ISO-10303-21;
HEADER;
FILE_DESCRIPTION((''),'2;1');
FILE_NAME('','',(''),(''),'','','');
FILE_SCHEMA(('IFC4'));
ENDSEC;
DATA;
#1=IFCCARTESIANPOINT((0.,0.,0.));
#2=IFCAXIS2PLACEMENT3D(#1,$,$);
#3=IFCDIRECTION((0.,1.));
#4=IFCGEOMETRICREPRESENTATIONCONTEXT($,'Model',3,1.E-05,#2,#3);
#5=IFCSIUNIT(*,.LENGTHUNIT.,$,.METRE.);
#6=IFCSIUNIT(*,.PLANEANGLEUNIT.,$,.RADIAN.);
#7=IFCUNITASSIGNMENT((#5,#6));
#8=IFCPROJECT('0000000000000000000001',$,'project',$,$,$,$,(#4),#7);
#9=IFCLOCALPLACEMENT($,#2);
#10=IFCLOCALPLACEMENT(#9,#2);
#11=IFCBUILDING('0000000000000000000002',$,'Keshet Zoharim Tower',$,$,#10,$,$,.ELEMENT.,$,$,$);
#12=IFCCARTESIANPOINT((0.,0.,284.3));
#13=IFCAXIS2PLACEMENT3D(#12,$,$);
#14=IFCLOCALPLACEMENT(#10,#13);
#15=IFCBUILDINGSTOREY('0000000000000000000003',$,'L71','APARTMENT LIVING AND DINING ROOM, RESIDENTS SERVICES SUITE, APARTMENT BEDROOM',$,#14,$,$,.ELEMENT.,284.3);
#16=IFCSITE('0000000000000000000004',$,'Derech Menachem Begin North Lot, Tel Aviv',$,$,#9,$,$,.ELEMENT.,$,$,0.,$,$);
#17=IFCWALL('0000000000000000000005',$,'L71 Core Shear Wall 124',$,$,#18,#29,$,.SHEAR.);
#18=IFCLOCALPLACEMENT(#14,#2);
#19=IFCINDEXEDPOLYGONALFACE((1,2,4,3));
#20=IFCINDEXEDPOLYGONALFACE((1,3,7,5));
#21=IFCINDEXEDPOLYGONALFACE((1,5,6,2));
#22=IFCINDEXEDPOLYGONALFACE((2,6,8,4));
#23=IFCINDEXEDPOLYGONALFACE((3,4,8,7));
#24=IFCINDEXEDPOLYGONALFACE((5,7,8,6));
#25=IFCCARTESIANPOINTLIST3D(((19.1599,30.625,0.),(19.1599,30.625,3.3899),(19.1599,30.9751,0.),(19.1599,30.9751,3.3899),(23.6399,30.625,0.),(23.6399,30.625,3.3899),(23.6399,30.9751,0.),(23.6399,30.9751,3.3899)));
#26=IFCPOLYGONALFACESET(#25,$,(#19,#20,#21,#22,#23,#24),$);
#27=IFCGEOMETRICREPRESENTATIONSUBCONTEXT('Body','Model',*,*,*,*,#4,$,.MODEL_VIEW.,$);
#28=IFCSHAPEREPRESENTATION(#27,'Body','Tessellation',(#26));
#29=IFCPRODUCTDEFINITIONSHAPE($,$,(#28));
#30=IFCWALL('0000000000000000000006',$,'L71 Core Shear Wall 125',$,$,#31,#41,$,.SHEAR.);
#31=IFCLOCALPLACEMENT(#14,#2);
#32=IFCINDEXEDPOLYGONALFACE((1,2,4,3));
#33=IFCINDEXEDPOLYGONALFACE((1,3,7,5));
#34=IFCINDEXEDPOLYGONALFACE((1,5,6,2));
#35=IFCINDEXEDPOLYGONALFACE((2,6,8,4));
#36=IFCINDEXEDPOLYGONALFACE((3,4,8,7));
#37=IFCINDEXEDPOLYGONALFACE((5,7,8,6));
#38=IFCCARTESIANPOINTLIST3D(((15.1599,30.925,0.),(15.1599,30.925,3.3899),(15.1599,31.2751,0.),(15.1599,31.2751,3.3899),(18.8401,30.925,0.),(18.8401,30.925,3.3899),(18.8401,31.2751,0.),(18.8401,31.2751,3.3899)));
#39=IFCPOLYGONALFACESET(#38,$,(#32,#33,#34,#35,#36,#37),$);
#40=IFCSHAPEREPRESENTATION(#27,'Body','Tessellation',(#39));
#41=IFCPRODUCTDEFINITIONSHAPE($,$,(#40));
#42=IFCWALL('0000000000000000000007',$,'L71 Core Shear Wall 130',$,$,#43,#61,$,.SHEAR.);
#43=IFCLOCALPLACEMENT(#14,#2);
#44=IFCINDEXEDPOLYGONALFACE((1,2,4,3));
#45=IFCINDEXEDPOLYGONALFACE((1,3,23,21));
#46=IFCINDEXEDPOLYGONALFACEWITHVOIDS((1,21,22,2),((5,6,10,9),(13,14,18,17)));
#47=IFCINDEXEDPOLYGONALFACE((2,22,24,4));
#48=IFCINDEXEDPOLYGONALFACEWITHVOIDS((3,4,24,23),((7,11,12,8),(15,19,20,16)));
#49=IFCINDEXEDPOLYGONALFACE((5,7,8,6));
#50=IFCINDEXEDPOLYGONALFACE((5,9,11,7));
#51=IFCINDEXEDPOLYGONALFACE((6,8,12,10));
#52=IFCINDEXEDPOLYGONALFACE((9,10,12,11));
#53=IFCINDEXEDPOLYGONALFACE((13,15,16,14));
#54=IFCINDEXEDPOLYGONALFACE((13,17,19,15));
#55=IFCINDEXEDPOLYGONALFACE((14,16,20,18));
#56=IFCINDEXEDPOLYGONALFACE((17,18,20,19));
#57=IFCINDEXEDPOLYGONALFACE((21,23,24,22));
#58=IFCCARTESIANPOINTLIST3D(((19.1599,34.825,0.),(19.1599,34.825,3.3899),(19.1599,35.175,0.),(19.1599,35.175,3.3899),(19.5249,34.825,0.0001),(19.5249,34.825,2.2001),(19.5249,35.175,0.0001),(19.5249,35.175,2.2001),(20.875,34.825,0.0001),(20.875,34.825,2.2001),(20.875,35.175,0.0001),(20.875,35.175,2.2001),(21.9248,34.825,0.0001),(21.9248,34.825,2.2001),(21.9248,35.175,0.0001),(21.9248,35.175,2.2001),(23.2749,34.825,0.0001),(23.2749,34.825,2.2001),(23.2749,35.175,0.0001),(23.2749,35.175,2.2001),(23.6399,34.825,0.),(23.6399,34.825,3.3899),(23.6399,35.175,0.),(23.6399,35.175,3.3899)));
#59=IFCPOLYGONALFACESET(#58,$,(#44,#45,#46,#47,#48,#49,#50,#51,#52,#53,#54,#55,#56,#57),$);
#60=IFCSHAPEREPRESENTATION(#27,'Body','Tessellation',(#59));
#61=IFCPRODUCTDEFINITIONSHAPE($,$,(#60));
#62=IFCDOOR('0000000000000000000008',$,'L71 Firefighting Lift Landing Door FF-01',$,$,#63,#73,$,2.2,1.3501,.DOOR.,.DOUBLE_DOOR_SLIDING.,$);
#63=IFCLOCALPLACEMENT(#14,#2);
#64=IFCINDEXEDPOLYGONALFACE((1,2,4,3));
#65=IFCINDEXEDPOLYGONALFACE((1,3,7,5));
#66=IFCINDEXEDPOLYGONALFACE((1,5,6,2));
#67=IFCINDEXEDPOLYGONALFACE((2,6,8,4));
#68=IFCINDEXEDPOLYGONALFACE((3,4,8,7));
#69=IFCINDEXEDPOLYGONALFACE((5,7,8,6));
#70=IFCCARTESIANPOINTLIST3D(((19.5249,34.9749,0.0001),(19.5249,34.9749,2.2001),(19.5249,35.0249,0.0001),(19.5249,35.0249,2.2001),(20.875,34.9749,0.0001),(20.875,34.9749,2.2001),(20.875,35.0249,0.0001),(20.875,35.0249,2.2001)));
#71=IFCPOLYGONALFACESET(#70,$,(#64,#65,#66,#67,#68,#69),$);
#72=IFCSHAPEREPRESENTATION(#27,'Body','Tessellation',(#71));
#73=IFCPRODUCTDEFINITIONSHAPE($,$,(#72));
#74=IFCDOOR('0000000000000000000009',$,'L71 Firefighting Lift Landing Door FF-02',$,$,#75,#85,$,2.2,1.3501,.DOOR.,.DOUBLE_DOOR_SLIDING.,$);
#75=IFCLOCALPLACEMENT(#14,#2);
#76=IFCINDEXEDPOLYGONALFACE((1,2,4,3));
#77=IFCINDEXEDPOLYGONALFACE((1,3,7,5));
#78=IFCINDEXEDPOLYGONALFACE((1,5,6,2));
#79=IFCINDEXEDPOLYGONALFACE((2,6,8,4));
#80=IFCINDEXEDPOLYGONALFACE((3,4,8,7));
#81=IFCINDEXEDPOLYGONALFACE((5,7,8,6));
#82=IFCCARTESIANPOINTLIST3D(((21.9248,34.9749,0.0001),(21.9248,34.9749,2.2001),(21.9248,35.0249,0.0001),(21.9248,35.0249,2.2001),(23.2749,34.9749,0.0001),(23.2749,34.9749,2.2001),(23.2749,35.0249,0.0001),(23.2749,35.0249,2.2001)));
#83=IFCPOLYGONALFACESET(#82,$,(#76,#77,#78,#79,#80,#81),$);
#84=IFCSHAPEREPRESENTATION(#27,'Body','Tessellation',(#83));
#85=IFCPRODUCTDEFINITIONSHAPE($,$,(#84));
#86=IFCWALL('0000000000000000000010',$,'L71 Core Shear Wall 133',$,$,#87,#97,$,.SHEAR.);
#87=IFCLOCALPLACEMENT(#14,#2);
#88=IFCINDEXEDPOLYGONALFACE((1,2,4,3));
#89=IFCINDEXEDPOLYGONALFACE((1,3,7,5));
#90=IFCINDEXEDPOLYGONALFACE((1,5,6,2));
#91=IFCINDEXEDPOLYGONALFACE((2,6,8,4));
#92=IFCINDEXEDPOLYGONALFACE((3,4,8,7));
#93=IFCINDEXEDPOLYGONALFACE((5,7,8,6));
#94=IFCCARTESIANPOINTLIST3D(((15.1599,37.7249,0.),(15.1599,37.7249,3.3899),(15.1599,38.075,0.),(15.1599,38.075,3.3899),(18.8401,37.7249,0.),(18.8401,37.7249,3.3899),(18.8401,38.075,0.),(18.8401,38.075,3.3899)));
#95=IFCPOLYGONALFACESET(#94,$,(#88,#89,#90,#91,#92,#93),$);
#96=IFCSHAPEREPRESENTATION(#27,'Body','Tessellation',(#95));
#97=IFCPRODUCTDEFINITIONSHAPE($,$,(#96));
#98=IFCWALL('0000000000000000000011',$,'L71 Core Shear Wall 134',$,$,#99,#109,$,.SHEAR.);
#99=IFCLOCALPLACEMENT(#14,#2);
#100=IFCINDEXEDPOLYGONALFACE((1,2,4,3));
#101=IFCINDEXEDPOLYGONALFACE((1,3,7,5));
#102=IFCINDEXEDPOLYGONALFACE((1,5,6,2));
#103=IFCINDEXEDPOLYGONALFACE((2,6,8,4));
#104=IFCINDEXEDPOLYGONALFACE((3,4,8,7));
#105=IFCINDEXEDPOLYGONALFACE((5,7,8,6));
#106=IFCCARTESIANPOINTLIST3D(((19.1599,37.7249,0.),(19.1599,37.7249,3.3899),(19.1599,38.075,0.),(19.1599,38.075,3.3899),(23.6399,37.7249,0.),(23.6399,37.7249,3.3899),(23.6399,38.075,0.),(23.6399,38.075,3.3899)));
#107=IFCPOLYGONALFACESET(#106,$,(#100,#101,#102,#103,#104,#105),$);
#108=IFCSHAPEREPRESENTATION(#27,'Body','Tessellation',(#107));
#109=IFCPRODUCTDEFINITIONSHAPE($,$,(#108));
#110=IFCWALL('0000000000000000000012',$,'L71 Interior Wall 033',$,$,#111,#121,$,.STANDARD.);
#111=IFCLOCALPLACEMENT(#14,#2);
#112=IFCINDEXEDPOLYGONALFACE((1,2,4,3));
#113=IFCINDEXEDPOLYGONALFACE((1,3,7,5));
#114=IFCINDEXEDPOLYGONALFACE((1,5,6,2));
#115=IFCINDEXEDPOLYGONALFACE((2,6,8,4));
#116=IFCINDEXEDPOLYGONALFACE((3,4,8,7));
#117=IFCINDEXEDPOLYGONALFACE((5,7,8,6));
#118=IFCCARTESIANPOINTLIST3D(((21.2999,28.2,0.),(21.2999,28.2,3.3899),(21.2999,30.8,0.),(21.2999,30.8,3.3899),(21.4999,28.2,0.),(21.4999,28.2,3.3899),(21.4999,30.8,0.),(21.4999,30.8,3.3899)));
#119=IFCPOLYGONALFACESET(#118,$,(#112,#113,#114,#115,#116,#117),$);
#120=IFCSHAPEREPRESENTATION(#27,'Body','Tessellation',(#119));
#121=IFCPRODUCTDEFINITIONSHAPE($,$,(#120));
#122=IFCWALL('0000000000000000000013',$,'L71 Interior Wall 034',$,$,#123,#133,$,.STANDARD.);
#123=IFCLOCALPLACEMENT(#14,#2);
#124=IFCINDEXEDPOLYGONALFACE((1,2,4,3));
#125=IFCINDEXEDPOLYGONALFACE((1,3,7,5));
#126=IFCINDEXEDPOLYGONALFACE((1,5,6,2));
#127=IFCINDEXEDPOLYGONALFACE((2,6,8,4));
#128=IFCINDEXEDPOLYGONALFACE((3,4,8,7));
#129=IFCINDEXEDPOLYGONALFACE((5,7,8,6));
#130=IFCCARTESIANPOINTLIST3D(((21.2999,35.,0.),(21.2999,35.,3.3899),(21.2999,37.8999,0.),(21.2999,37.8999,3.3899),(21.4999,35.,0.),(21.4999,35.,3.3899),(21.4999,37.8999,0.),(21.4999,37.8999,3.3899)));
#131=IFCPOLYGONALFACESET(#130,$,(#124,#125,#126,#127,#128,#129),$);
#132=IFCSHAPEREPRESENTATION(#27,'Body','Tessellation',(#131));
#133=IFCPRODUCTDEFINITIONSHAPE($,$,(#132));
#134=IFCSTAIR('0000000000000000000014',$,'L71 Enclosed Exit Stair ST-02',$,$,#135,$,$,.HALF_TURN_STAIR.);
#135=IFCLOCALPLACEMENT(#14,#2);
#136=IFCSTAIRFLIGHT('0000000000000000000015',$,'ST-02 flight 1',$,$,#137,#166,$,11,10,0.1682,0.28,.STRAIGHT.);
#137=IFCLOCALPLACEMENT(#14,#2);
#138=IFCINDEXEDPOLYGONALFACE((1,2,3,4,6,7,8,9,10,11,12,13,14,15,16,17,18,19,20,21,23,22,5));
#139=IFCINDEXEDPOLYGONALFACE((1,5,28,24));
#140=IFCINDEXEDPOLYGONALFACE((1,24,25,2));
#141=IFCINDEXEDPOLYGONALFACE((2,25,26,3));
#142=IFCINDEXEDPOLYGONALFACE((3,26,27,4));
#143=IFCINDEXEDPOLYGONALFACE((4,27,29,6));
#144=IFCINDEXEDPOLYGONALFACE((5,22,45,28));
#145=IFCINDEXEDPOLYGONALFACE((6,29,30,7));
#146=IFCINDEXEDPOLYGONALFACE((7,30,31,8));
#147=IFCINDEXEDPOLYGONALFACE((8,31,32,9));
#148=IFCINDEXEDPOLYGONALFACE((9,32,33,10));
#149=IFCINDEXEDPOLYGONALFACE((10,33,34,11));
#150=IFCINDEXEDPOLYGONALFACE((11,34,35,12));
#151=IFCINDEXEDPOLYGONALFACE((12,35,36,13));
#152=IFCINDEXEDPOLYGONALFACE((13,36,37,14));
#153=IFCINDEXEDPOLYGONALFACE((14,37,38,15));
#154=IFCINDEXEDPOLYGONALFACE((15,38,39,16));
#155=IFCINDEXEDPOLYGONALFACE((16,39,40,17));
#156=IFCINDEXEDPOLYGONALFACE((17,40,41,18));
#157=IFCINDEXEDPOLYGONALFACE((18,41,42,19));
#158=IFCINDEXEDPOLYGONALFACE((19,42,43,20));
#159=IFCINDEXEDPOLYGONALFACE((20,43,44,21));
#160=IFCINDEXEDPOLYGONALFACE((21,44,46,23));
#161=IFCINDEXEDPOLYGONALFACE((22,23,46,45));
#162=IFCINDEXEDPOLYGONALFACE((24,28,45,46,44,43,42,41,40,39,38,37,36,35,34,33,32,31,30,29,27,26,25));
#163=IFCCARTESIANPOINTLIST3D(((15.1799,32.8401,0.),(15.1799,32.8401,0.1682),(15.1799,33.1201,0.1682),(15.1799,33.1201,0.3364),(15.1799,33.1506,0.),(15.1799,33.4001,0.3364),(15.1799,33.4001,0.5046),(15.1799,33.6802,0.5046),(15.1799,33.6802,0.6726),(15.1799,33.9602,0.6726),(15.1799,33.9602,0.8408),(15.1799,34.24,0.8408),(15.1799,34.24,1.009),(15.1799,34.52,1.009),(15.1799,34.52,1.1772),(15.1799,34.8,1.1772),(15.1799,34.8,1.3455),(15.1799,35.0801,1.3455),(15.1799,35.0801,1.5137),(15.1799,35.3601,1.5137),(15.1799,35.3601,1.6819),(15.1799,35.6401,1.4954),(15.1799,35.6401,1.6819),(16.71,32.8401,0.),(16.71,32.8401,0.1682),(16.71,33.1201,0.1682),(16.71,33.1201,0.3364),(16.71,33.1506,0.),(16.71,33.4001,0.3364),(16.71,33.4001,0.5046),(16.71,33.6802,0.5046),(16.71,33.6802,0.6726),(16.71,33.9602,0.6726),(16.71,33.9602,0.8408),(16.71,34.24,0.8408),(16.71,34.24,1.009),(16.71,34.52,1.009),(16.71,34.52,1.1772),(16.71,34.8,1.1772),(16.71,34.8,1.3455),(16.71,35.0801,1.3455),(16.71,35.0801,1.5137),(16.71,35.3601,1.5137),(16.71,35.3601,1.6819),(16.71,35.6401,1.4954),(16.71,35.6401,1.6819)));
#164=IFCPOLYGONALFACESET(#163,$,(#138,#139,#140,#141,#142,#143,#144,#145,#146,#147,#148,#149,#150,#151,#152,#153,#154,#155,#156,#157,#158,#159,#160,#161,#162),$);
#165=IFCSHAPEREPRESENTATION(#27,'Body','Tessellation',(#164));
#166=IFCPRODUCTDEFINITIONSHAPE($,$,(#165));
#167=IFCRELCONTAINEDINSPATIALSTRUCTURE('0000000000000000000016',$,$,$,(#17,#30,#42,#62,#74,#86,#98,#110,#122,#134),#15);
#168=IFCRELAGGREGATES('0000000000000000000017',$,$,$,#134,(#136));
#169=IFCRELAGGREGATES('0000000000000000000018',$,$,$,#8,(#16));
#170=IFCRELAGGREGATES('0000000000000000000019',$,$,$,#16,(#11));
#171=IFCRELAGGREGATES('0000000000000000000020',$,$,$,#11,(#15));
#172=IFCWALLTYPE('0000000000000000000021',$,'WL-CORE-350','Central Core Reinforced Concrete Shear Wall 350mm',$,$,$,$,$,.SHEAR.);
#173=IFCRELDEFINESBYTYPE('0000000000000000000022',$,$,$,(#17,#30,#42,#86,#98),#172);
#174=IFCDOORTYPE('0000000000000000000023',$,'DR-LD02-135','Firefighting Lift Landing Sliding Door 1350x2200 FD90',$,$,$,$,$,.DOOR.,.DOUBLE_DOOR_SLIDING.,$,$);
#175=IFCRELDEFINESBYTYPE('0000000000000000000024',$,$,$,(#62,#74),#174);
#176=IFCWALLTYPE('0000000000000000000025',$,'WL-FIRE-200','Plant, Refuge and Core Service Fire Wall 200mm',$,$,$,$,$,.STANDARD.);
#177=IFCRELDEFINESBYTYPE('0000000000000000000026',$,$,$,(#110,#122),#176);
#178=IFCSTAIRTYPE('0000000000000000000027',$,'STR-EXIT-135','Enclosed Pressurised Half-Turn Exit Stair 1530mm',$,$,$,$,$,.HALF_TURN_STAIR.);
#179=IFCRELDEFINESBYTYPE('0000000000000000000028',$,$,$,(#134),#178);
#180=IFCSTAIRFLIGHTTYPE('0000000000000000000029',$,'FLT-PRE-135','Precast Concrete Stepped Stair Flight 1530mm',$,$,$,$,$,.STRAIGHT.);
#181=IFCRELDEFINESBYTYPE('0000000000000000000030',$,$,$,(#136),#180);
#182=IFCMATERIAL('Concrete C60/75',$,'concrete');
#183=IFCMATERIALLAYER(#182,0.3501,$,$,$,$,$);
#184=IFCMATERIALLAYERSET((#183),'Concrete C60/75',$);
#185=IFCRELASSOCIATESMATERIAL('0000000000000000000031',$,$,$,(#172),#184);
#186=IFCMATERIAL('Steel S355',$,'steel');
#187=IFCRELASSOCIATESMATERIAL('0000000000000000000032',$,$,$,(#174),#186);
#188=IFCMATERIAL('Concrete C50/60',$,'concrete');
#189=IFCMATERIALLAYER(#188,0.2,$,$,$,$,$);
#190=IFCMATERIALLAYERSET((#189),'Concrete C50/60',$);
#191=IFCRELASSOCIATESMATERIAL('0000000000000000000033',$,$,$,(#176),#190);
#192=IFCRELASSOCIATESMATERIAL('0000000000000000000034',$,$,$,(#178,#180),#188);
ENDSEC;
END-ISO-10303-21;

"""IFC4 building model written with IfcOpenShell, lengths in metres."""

from ifc_helpers import new_model, si_unit, direction, frame, frame_2d, origin, place, context, subcontext, project, spatial, polyline, rectangle, outline, extrude, material, layer, layer_set, type_object, element, fill, aggregate, save


model = new_model("IFC4")

# Units and contexts
model_context = context("Model", 3, precision=1e-05, world=origin(), true_north=direction((0.0, 1.0)))
body_context = subcontext(model_context, "Body", "Model", "MODEL_VIEW")
ifc_project = project(units=[si_unit("LENGTHUNIT", "METRE"), si_unit("PLANEANGLEUNIT", "RADIAN")], contexts=[model_context])

# Site, building, storey
site_placement = place(None, origin())
site = spatial("IfcSite", under=ifc_project, at=site_placement, Name="Derech Menachem Begin North Lot, Tel Aviv", CompositionType="ELEMENT", RefElevation=0.0)
building_placement = place(site_placement, origin())
building = spatial("IfcBuilding", under=site, at=building_placement, Name="Keshet Zoharim Tower", CompositionType="ELEMENT")
storey_placement = place(building_placement, frame((0.0, 0.0, 284.3)))
storey = spatial("IfcBuildingStorey", under=building, at=storey_placement, Name="L71", Description="APARTMENT LIVING AND DINING ROOM, RESIDENTS SERVICES SUITE, APARTMENT BEDROOM", CompositionType="ELEMENT", Elevation=284.3)

# Shared definitions
ifc_material_1 = material(Name="Steel S355", Category="steel")

# Shared definitions
ifc_material_2 = material(Name="Concrete C60/75", Category="concrete")
ifc_layer_1 = layer(ifc_material_2, 0.3501)
ifc_layer_set_1 = layer_set([ifc_layer_1], Name="Concrete C60/75")
wall_type_1 = type_object("IfcWallType", Name="WL-CORE-350", Description="Central Core Reinforced Concrete Shear Wall 350mm", PredefinedType="SHEAR", material=ifc_layer_set_1)

# Walls
wall_1_placement = place(storey_placement, frame((19.1599, 30.8, 0.0), z_axis=(0.0, 0.0, 1.0), x_axis=(1.0, 0.0, 0.0)))
element("IfcWall", 1, at=wall_1_placement, inside=storey, type_object=wall_type_1, Name="L71 Core Shear Wall 124", PredefinedType="SHEAR", context=body_context, shape_type="SweptSolid", body=[
    extrude(rectangle(XDim=4.48, YDim=0.3501, at=frame_2d((2.24, 0.0))), origin(), (0.0, 0.0, 1.0), 3.3899),
])
wall_2_placement = place(storey_placement, frame((15.1599, 31.1001, 0.0), z_axis=(0.0, 0.0, 1.0), x_axis=(1.0, 0.0, 0.0)))
element("IfcWall", 2, at=wall_2_placement, inside=storey, type_object=wall_type_1, Name="L71 Core Shear Wall 125", PredefinedType="SHEAR", context=body_context, shape_type="SweptSolid", body=[
    extrude(rectangle(XDim=3.6802, YDim=0.3501, at=frame_2d((1.8401, 0.0))), origin(), (0.0, 0.0, 1.0), 3.3899),
])

# Wall, openings, doors
wall_3_placement = place(storey_placement, frame((19.1599, 35.0, 0.0), z_axis=(0.0, 0.0, 1.0), x_axis=(1.0, 0.0, 0.0)))
wall_3 = element("IfcWall", 3, at=wall_3_placement, inside=storey, type_object=wall_type_1, Name="L71 Core Shear Wall 130", PredefinedType="SHEAR", context=body_context, shape_type="SweptSolid", body=[
    extrude(rectangle(XDim=4.48, YDim=0.3501, at=frame_2d((2.24, 0.0))), origin(), (0.0, 0.0, 1.0), 3.3899),
])
opening_1_placement = place(wall_3_placement, frame((0.365, 0.0, 0.0)))
opening_1 = element("IfcOpeningElement", 4, at=opening_1_placement, cuts=wall_3, PredefinedType="OPENING", context=body_context, shape_type="SweptSolid", body=[
    extrude(rectangle(XDim=1.3501, YDim=2.2, at=frame_2d((0.675, 1.1001))), frame((0.0, 0.1851, 0.0), z_axis=(0.0, -1.0, 0.0), x_axis=(1.0, 0.0, 0.0)), (0.0, 0.0, 1.0), 0.3701),
])
opening_2_placement = place(wall_3_placement, frame((2.7649, 0.0, 0.0)))
opening_2 = element("IfcOpeningElement", 5, at=opening_2_placement, cuts=wall_3, PredefinedType="OPENING", context=body_context, shape_type="SweptSolid", body=[
    extrude(rectangle(XDim=1.3501, YDim=2.2, at=frame_2d((0.675, 1.1001))), frame((0.0, 0.1851, 0.0), z_axis=(0.0, -1.0, 0.0), x_axis=(1.0, 0.0, 0.0)), (0.0, 0.0, 1.0), 0.3701),
])
door_type_1 = type_object("IfcDoorType", Name="DR-LD02-135", Description="Firefighting Lift Landing Sliding Door 1350x2200 FD90", OperationType="DOUBLE_DOOR_SLIDING", PredefinedType="DOOR", material=ifc_material_1)
door_1_placement = place(opening_1_placement, origin())
door_1 = element("IfcDoor", 6, at=door_1_placement, inside=storey, type_object=door_type_1, Name="L71 Firefighting Lift Landing Door FF-01", OperationType="DOUBLE_DOOR_SLIDING", OverallHeight=2.2, OverallWidth=1.3501, PredefinedType="DOOR", context=body_context, shape_type="SweptSolid", body=[
    extrude(rectangle(XDim=1.3501, YDim=2.2, at=frame_2d((0.675, 1.1001))), frame((0.0, 0.0249, 0.0), z_axis=(0.0, -1.0, 0.0), x_axis=(1.0, 0.0, 0.0)), (0.0, 0.0, 1.0), 0.05),
])
fill(opening_1, door_1)
door_2_placement = place(opening_2_placement, origin())
door_2 = element("IfcDoor", 7, at=door_2_placement, inside=storey, type_object=door_type_1, Name="L71 Firefighting Lift Landing Door FF-02", OperationType="DOUBLE_DOOR_SLIDING", OverallHeight=2.2, OverallWidth=1.3501, PredefinedType="DOOR", context=body_context, shape_type="SweptSolid", body=[
    extrude(rectangle(XDim=1.3501, YDim=2.2, at=frame_2d((0.675, 1.1001))), frame((0.0, 0.0249, 0.0), z_axis=(0.0, -1.0, 0.0), x_axis=(1.0, 0.0, 0.0)), (0.0, 0.0, 1.0), 0.05),
])
fill(opening_2, door_2)

# Walls
wall_4_placement = place(storey_placement, frame((15.1599, 37.8999, 0.0), z_axis=(0.0, 0.0, 1.0), x_axis=(1.0, 0.0, 0.0)))
element("IfcWall", 8, at=wall_4_placement, inside=storey, type_object=wall_type_1, Name="L71 Core Shear Wall 133", PredefinedType="SHEAR", context=body_context, shape_type="SweptSolid", body=[
    extrude(rectangle(XDim=3.6802, YDim=0.3501, at=frame_2d((1.8401, 0.0))), origin(), (0.0, 0.0, 1.0), 3.3899),
])
wall_5_placement = place(storey_placement, frame((19.1599, 37.8999, 0.0), z_axis=(0.0, 0.0, 1.0), x_axis=(1.0, 0.0, 0.0)))
element("IfcWall", 9, at=wall_5_placement, inside=storey, type_object=wall_type_1, Name="L71 Core Shear Wall 134", PredefinedType="SHEAR", context=body_context, shape_type="SweptSolid", body=[
    extrude(rectangle(XDim=4.48, YDim=0.3501, at=frame_2d((2.24, 0.0))), origin(), (0.0, 0.0, 1.0), 3.3899),
])
ifc_material_3 = material(Name="Concrete C50/60", Category="concrete")
ifc_layer_2 = layer(ifc_material_3, 0.2)
ifc_layer_set_2 = layer_set([ifc_layer_2], Name="Concrete C50/60")
wall_type_2 = type_object("IfcWallType", Name="WL-FIRE-200", Description="Plant, Refuge and Core Service Fire Wall 200mm", PredefinedType="STANDARD", material=ifc_layer_set_2)
wall_6_placement = place(storey_placement, frame((21.3999, 28.2, 0.0), z_axis=(0.0, 0.0, 1.0), x_axis=(0.0, 1.0, 0.0)))
element("IfcWall", 10, at=wall_6_placement, inside=storey, type_object=wall_type_2, Name="L71 Interior Wall 033", PredefinedType="STANDARD", context=body_context, shape_type="SweptSolid", body=[
    extrude(rectangle(XDim=2.6001, YDim=0.2, at=frame_2d((1.3, 0.0))), origin(), (0.0, 0.0, 1.0), 3.3899),
])
wall_7_placement = place(storey_placement, frame((21.3999, 35.0, 0.0), z_axis=(0.0, 0.0, 1.0), x_axis=(0.0, 1.0, 0.0)))
element("IfcWall", 11, at=wall_7_placement, inside=storey, type_object=wall_type_2, Name="L71 Interior Wall 034", PredefinedType="STANDARD", context=body_context, shape_type="SweptSolid", body=[
    extrude(rectangle(XDim=2.8999, YDim=0.2, at=frame_2d((1.45, 0.0))), origin(), (0.0, 0.0, 1.0), 3.3899),
])

# Stair, stair flight
stair_type = type_object("IfcStairType", Name="STR-EXIT-135", Description="Enclosed Pressurised Half-Turn Exit Stair 1530mm", PredefinedType="HALF_TURN_STAIR", material=ifc_material_3)
stair_placement = place(storey_placement, origin())
stair = element("IfcStair", 12, at=stair_placement, inside=storey, type_object=stair_type, Name="L71 Enclosed Exit Stair ST-02", PredefinedType="HALF_TURN_STAIR")
stair_flight_type = type_object("IfcStairFlightType", Name="FLT-PRE-135", Description="Precast Concrete Stepped Stair Flight 1530mm", PredefinedType="STRAIGHT", material=ifc_material_3)
stair_flight_1_placement = place(storey_placement, frame((15.9451, 32.8401, 0.0), z_axis=(0.0, 0.0, 1.0), x_axis=(0.0, 1.0, 0.0)))
stair_flight_1 = element("IfcStairFlight", 13, at=stair_flight_1_placement, type_object=stair_flight_type, Name="ST-02 flight 1", NumberOfRisers=11, NumberOfTreads=10, PredefinedType="STRAIGHT", RiserHeight=0.1682, TreadLength=0.28, context=body_context, shape_type="SweptSolid", body=[
    extrude(outline(polyline([(0.0, 0.0), (0.0, 0.1682), (0.28, 0.1682), (0.28, 0.3364), (0.5601, 0.3364), (0.5601, 0.5046), (0.8401, 0.5046), (0.8401, 0.6726), (1.1201, 0.6726), (1.1201, 0.8408), (1.3999, 0.8408), (1.3999, 1.009), (1.6799, 1.009), (1.6799, 1.1772), (1.96, 1.1772), (1.96, 1.3455), (2.24, 1.3455), (2.24, 1.5137), (2.52, 1.5137), (2.52, 1.6819), (2.8, 1.6819), (2.8, 1.8501), (2.8, 1.4954), (0.3105, 0.0), (0.0, 0.0)])), frame((0.0, 0.7651, 0.0), z_axis=(0.0, -1.0, 0.0), x_axis=(1.0, 0.0, 0.0)), (0.0, 0.0, 1.0), 1.53),
])
aggregate(stair, [stair_flight_1])

save(model, "model.ifc")
